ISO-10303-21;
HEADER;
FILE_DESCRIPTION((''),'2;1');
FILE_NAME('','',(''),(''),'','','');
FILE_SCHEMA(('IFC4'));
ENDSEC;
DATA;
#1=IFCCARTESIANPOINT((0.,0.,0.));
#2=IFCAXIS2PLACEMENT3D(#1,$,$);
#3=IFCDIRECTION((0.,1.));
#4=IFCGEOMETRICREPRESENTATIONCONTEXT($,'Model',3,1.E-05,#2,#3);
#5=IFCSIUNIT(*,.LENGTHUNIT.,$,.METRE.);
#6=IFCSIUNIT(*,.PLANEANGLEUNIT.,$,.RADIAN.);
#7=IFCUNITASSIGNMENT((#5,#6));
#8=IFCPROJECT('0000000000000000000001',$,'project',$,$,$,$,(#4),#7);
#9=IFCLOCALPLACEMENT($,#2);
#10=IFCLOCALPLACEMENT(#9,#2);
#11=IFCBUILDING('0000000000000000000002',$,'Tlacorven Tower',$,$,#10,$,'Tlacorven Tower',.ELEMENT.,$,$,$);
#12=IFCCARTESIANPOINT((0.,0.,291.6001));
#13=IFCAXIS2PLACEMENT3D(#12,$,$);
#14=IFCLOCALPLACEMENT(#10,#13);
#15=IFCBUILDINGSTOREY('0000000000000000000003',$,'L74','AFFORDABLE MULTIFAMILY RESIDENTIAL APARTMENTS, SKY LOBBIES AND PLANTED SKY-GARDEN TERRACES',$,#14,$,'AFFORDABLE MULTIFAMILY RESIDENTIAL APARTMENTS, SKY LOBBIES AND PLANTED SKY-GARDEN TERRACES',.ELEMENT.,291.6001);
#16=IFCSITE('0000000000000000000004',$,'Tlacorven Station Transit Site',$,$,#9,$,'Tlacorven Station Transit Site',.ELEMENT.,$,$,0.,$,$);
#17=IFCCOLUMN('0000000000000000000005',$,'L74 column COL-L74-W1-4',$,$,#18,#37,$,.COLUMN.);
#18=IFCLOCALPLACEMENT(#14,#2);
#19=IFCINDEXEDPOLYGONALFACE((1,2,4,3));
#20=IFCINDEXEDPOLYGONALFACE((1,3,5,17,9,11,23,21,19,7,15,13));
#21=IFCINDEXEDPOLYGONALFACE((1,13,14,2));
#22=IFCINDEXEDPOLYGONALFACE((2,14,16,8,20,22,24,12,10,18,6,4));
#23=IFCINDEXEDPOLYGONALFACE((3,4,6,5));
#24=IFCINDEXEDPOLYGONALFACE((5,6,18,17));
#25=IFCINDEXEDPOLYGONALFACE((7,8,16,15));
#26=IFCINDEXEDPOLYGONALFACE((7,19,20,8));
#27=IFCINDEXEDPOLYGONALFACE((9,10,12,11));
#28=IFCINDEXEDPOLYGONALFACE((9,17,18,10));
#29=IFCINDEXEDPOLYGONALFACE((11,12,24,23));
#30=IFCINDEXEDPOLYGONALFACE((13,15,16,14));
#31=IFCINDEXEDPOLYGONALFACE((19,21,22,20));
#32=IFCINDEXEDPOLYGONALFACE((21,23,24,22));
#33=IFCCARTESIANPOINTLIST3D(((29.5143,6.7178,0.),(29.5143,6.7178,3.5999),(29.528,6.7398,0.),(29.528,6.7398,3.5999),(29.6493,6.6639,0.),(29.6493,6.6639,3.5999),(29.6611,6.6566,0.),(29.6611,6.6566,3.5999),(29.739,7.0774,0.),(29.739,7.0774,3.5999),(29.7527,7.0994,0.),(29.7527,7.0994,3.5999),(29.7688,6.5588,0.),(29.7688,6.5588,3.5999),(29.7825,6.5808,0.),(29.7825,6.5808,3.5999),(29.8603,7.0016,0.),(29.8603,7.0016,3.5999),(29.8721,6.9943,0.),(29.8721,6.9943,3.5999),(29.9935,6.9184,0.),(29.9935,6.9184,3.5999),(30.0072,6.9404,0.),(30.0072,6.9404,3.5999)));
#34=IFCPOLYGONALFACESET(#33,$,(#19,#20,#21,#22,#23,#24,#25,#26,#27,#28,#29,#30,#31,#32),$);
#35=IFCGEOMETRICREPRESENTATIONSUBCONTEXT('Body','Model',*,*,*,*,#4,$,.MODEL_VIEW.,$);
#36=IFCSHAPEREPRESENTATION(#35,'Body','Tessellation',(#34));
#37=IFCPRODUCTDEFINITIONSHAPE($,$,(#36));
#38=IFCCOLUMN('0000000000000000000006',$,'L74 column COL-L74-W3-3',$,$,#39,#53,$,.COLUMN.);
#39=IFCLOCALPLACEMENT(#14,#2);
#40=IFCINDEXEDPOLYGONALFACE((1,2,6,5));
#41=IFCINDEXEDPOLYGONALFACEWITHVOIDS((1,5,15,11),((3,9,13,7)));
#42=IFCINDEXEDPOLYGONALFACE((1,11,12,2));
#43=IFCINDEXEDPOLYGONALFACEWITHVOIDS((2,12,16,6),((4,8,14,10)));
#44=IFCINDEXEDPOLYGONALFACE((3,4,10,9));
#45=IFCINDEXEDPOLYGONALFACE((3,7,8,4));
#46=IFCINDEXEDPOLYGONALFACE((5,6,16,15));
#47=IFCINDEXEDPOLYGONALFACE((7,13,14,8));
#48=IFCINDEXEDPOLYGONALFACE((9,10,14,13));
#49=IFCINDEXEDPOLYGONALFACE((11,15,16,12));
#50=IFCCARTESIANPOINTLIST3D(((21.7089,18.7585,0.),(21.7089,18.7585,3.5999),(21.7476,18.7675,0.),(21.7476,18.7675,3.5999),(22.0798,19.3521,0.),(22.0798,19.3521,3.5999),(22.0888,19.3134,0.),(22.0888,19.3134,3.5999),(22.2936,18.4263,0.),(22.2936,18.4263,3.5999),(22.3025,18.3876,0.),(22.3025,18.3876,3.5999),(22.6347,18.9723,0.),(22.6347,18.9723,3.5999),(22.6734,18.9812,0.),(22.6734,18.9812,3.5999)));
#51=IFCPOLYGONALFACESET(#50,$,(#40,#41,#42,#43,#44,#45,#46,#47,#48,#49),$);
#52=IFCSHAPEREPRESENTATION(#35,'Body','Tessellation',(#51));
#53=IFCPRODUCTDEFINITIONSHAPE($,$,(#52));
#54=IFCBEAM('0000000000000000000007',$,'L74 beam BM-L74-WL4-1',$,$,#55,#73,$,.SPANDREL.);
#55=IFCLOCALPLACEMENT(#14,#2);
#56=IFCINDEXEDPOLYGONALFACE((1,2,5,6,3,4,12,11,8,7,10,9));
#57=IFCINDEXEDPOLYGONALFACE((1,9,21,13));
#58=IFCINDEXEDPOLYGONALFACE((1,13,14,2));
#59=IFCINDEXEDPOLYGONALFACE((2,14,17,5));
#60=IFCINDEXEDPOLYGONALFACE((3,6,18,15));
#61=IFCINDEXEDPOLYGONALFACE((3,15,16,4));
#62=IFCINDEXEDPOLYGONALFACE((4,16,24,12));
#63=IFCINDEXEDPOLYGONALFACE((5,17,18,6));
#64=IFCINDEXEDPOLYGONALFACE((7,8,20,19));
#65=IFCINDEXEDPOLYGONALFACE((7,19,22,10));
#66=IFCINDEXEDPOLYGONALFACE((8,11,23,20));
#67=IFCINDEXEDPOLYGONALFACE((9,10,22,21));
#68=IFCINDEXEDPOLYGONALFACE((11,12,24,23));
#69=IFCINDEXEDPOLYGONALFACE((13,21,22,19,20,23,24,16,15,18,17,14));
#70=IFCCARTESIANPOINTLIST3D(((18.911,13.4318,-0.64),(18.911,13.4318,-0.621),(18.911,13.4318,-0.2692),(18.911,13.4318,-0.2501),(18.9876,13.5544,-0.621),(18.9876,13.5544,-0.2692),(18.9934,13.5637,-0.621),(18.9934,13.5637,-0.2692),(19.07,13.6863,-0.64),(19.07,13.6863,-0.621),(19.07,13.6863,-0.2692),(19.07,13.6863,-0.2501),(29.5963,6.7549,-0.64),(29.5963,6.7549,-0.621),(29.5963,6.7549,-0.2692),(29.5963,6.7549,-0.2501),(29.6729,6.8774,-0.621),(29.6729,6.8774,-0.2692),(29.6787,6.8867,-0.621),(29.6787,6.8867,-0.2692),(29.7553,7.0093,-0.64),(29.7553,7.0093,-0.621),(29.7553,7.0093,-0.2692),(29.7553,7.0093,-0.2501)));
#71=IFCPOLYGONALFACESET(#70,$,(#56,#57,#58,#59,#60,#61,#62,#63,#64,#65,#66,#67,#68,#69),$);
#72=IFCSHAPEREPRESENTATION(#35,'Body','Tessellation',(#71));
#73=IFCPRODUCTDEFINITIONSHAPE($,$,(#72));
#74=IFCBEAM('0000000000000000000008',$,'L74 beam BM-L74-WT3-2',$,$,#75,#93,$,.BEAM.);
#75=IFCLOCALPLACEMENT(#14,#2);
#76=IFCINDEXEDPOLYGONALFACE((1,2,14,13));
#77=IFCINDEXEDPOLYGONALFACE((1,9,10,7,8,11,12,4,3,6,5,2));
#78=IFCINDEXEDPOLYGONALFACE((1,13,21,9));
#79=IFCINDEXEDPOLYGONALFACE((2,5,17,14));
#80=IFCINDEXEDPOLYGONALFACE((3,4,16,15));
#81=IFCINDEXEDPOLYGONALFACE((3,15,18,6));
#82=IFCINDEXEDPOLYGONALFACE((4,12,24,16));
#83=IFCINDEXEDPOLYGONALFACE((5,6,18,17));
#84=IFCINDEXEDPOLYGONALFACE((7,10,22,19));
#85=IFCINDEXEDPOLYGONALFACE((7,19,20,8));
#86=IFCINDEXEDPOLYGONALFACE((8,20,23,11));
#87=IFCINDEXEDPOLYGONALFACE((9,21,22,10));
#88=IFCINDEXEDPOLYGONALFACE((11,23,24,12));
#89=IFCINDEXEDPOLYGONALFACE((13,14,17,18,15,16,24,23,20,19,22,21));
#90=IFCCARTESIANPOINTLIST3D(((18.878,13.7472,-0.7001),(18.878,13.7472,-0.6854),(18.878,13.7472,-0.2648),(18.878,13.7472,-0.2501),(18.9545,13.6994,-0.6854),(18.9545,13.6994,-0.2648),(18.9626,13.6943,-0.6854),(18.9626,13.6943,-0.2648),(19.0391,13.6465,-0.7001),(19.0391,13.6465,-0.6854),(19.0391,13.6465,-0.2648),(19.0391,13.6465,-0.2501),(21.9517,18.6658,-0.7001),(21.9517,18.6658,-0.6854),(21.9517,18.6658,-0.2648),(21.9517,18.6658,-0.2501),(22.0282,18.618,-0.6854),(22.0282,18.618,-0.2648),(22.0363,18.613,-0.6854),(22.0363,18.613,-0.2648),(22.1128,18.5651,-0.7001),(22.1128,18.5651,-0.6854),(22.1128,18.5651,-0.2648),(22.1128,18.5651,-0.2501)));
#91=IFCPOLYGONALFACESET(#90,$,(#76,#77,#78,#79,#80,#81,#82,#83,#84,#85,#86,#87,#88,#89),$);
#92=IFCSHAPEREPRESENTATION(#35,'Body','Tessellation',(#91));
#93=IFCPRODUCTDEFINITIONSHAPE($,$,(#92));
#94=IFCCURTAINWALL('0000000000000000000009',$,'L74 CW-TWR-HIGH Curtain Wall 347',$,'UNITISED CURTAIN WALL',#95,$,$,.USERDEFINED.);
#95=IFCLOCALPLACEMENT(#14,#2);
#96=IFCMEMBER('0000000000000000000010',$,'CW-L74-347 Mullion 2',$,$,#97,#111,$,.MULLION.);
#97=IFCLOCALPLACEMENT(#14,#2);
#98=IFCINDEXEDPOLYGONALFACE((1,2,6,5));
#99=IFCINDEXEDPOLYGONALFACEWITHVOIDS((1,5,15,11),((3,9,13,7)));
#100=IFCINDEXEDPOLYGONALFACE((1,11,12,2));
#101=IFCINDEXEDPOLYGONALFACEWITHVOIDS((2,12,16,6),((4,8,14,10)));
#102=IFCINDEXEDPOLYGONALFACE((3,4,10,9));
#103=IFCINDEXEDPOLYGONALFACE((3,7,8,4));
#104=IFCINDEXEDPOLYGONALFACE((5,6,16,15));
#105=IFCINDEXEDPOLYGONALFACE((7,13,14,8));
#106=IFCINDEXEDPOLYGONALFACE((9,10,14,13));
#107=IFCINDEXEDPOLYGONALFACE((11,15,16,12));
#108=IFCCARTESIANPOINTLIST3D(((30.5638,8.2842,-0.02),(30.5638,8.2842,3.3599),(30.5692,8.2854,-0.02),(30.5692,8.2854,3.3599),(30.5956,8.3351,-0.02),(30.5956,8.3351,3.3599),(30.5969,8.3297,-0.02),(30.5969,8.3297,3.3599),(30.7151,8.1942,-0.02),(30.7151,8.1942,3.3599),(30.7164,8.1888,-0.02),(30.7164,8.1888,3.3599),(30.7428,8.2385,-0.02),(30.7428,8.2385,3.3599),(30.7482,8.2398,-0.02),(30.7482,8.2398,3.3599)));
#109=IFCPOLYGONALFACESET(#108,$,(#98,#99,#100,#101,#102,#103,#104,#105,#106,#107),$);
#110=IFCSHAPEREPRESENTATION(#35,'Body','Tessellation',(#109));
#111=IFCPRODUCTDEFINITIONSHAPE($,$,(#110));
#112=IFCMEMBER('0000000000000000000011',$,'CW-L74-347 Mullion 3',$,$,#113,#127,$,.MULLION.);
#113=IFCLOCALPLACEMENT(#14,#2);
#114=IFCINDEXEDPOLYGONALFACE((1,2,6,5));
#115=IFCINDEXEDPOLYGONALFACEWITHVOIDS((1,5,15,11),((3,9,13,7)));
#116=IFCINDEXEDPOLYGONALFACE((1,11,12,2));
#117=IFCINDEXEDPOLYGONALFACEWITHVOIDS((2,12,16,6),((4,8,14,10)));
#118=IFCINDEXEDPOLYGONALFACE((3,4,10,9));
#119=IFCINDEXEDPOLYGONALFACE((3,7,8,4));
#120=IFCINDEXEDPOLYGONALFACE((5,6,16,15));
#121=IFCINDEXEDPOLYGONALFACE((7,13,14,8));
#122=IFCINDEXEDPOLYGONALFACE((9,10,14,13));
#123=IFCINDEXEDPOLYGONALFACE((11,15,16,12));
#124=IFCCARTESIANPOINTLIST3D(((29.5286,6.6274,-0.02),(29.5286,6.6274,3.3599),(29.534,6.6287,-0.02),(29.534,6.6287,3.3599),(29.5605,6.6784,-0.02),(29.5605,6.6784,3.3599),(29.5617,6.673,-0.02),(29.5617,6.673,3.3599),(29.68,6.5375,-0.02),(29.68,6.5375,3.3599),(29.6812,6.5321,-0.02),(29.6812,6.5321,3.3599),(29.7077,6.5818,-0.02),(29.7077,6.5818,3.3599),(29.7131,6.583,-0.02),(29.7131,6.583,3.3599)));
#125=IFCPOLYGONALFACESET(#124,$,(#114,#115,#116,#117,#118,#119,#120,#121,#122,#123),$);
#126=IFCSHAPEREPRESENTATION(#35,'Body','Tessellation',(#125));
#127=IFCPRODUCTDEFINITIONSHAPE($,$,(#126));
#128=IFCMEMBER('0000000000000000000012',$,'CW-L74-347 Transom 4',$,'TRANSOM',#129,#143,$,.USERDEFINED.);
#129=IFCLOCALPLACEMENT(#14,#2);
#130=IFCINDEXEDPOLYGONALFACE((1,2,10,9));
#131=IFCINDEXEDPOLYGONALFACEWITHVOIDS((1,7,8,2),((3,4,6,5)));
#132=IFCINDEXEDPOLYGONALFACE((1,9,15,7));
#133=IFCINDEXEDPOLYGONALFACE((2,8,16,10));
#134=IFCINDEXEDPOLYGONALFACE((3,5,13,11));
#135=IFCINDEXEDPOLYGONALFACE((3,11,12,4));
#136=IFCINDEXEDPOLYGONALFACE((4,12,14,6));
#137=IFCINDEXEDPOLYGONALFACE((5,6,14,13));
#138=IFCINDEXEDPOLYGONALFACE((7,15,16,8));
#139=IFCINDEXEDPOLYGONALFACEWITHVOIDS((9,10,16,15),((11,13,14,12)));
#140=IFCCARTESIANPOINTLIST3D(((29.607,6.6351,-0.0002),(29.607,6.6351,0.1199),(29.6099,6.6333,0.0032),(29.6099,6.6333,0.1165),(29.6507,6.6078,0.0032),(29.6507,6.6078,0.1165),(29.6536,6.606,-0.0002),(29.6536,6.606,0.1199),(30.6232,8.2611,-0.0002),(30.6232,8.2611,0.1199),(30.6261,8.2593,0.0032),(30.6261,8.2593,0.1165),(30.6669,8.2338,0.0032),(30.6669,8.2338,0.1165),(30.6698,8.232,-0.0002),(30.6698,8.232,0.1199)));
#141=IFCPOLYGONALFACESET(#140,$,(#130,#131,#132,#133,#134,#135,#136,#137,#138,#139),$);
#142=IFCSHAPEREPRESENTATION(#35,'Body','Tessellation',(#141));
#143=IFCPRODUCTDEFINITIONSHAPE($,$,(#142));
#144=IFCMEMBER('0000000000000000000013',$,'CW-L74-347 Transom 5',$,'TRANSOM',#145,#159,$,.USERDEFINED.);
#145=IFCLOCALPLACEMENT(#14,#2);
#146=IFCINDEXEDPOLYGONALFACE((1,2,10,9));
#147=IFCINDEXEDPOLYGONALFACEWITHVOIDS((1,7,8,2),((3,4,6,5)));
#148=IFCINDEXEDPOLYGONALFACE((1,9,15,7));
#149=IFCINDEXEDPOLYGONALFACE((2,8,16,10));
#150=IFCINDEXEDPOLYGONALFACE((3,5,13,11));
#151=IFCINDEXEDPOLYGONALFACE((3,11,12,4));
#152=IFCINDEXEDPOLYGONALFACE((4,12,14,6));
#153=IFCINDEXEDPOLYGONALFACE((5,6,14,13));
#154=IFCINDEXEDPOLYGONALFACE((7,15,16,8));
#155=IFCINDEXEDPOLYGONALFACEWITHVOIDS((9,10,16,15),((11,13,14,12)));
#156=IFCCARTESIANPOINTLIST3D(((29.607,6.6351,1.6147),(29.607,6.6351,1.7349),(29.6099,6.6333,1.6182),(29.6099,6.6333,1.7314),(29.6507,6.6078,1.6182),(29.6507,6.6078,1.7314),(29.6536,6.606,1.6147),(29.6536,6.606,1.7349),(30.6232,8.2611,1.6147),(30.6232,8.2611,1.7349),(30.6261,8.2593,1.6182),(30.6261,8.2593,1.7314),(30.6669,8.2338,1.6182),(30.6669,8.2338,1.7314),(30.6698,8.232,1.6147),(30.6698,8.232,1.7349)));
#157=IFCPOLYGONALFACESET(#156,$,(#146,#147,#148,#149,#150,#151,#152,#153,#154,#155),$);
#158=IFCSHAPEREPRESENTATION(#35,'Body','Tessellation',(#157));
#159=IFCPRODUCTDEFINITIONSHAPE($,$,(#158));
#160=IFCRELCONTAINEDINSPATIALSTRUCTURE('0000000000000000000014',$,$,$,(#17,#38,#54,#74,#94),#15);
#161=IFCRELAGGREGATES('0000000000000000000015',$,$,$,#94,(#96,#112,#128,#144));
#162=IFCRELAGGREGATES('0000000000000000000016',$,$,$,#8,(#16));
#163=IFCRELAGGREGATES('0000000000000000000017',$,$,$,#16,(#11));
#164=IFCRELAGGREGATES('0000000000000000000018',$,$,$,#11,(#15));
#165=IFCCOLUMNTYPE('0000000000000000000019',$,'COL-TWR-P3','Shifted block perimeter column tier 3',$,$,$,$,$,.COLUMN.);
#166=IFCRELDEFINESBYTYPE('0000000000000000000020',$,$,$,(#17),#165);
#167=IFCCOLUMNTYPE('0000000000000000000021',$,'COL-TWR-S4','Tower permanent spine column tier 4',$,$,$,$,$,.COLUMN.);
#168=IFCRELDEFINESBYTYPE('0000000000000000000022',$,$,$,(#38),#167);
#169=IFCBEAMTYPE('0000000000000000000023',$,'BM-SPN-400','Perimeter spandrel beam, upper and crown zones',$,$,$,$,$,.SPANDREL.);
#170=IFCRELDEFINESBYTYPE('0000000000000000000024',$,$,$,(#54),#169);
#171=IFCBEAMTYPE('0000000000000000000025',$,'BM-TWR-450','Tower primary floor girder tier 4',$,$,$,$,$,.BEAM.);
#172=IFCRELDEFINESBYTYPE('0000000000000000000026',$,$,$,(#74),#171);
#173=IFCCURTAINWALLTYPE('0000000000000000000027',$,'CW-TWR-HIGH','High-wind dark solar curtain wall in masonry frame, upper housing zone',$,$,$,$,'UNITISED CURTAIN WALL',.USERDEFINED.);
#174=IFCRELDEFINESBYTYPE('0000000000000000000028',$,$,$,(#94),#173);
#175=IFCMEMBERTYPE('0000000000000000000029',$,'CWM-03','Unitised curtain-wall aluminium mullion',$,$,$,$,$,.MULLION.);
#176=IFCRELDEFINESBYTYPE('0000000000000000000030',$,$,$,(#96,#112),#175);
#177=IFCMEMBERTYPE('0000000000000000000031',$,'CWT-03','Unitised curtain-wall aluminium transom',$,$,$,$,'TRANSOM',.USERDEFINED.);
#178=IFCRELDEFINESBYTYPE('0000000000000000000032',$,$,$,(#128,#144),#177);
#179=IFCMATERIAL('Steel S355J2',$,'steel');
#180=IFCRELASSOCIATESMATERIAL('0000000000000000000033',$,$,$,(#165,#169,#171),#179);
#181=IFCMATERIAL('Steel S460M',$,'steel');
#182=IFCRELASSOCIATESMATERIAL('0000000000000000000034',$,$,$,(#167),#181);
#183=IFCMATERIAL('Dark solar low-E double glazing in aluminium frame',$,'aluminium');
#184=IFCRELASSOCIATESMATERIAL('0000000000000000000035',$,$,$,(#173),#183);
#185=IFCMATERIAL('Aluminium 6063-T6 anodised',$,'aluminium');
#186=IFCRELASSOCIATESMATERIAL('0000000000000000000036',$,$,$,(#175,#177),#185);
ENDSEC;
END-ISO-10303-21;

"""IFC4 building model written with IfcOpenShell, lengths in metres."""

from ifc_helpers import new_model, si_unit, direction, frame, origin, origin_2d, place, context, subcontext, project, spatial, hollow_rectangle, i_section, extrude, source, transform, mapped, material, material_profile, profile_set, type_object, element, aggregate, save


model = new_model("IFC4")

# Units and contexts
model_context = context("Model", 3, precision=1e-05, world=origin(), true_north=direction((0.0, 1.0)))
body_context = subcontext(model_context, "Body", "Model", "MODEL_VIEW")
ifc_project = project(units=[si_unit("LENGTHUNIT", "METRE"), si_unit("PLANEANGLEUNIT", "RADIAN")], contexts=[model_context])

# Site, building, storey
site_placement = place(None, origin())
site = spatial("IfcSite", under=ifc_project, at=site_placement, Name="Tlacorven Station Transit Site", LongName="Tlacorven Station Transit Site", CompositionType="ELEMENT", RefElevation=0.0)
building_placement = place(site_placement, origin())
building = spatial("IfcBuilding", under=site, at=building_placement, Name="Tlacorven Tower", LongName="Tlacorven Tower", CompositionType="ELEMENT")
storey_placement = place(building_placement, frame((0.0, 0.0, 291.6001)))
storey = spatial("IfcBuildingStorey", under=building, at=storey_placement, Name="L74", Description="AFFORDABLE MULTIFAMILY RESIDENTIAL APARTMENTS, SKY LOBBIES AND PLANTED SKY-GARDEN TERRACES", LongName="AFFORDABLE MULTIFAMILY RESIDENTIAL APARTMENTS, SKY LOBBIES AND PLANTED SKY-GARDEN TERRACES", CompositionType="ELEMENT", Elevation=291.6001)

# Columns
ifc_material_1 = material(Name="Steel S355J2", Category="steel")
ifc_material_profile_1 = material_profile(ifc_material_1, i_section(OverallWidth=0.3, OverallDepth=0.45, WebThickness=0.0139, FlangeThickness=0.0259, at=origin_2d()), Name="HEB 450")
ifc_profile_set_1 = profile_set([ifc_material_profile_1], Name="Steel S355J2")
column_type_1 = type_object("IfcColumnType", Name="COL-TWR-P3", Description="Shifted block perimeter column tier 3", PredefinedType="COLUMN", material=ifc_profile_set_1)
shared_shape_1 = source(origin(), body_context, "Body", "SweptSolid", [
    extrude(i_section(OverallWidth=0.3, OverallDepth=0.45, WebThickness=0.0139, FlangeThickness=0.0259, at=origin_2d()), origin(), (0.0, 0.0, 1.0), 3.5999),
])
column_1_placement = place(storey_placement, frame((29.7607, 6.8291, 0.0), z_axis=(0.0, 0.0, 1.0), x_axis=(-0.848048, 0.529919, 0.0)))
element("IfcColumn", 1, at=column_1_placement, inside=storey, type_object=column_type_1, Name="L74 column COL-L74-W1-4", PredefinedType="COLUMN", context=body_context, shape_type="MappedRepresentation", body=[
    mapped(shared_shape_1, transform((0.0, 0.0, 0.0), scale=1.0)),
])
ifc_material_2 = material(Name="Steel S460M", Category="steel")
ifc_material_profile_2 = material_profile(ifc_material_2, hollow_rectangle(XDim=0.7, YDim=0.7, WallThickness=0.0281, at=origin_2d()), Name="BOX 700X700X28")
ifc_profile_set_2 = profile_set([ifc_material_profile_2], Name="Steel S460M")
column_type_2 = type_object("IfcColumnType", Name="COL-TWR-S4", Description="Tower permanent spine column tier 4", PredefinedType="COLUMN", material=ifc_profile_set_2)
shared_shape_2 = source(origin(), body_context, "Body", "SweptSolid", [
    extrude(hollow_rectangle(XDim=0.7, YDim=0.7, WallThickness=0.0281, at=origin_2d()), origin(), (0.0, 0.0, 1.0), 3.5999),
])
column_2_placement = place(storey_placement, frame((22.1912, 18.8699, 0.0), z_axis=(0.0, 0.0, 1.0), x_axis=(-0.848048, 0.529919, 0.0)))
element("IfcColumn", 2, at=column_2_placement, inside=storey, type_object=column_type_2, Name="L74 column COL-L74-W3-3", PredefinedType="COLUMN", context=body_context, shape_type="MappedRepresentation", body=[
    mapped(shared_shape_2, transform((0.0, 0.0, 0.0), scale=1.0)),
])

# Beams
ifc_material_profile_3 = material_profile(ifc_material_1, i_section(OverallWidth=0.3, OverallDepth=0.3899, WebThickness=0.011, FlangeThickness=0.019, at=origin_2d()), Name="HEA 400")
ifc_profile_set_3 = profile_set([ifc_material_profile_3], Name="Steel S355J2")
beam_type_1 = type_object("IfcBeamType", Name="BM-SPN-400", Description="Perimeter spandrel beam, upper and crown zones", PredefinedType="SPANDREL", material=ifc_profile_set_3)
shared_shape_3 = source(origin(), body_context, "Body", "SweptSolid", [
    extrude(i_section(OverallWidth=0.3, OverallDepth=0.3899, WebThickness=0.011, FlangeThickness=0.019, at=origin_2d()), origin(), (0.0, 0.0, 1.0), 12.5999),
])
beam_1_placement = place(storey_placement, frame((29.6758, 6.8821, -0.4451), z_axis=(-0.848045, 0.529924, 0.0), x_axis=(-0.529924, -0.848045, 0.0)))
element("IfcBeam", 3, at=beam_1_placement, inside=storey, type_object=beam_type_1, Name="L74 beam BM-L74-WL4-1", PredefinedType="SPANDREL", context=body_context, shape_type="MappedRepresentation", body=[
    mapped(shared_shape_3, transform((0.0, 0.0, 0.0), scale=1.0)),
])
ifc_material_profile_4 = material_profile(ifc_material_1, i_section(OverallWidth=0.1899, OverallDepth=0.45, WebThickness=0.0095, FlangeThickness=0.0146, at=origin_2d()), Name="IPE 450")
ifc_profile_set_4 = profile_set([ifc_material_profile_4], Name="Steel S355J2")
beam_type_2 = type_object("IfcBeamType", Name="BM-TWR-450", Description="Tower primary floor girder tier 4", PredefinedType="BEAM", material=ifc_profile_set_4)
shared_shape_4 = source(origin(), body_context, "Body", "SweptSolid", [
    extrude(i_section(OverallWidth=0.1899, OverallDepth=0.45, WebThickness=0.0095, FlangeThickness=0.0146, at=origin_2d()), origin(), (0.0, 0.0, 1.0), 5.8),
])
beam_2_placement = place(storey_placement, frame((22.0322, 18.6155, -0.4751), z_axis=(-0.529942, -0.848034, 0.0), x_axis=(0.848034, -0.529942, 0.0)))
element("IfcBeam", 4, at=beam_2_placement, inside=storey, type_object=beam_type_2, Name="L74 beam BM-L74-WT3-2", PredefinedType="BEAM", context=body_context, shape_type="MappedRepresentation", body=[
    mapped(shared_shape_4, transform((0.0, 0.0, 0.0), scale=1.0)),
])

# Curtain wall, members
ifc_material_3 = material(Name="Dark solar low-E double glazing in aluminium frame", Category="aluminium")
curtain_wall_type = type_object("IfcCurtainWallType", Name="CW-TWR-HIGH", Description="High-wind dark solar curtain wall in masonry frame, upper housing zone", ElementType="UNITISED CURTAIN WALL", PredefinedType="USERDEFINED", material=ifc_material_3)
curtain_wall_placement = place(storey_placement, origin())
curtain_wall = element("IfcCurtainWall", 5, at=curtain_wall_placement, inside=storey, type_object=curtain_wall_type, Name="L74 CW-TWR-HIGH Curtain Wall 347", ObjectType="UNITISED CURTAIN WALL", PredefinedType="USERDEFINED")
ifc_material_4 = material(Name="Aluminium 6063-T6 anodised", Category="aluminium")
ifc_material_profile_5 = material_profile(ifc_material_4, hollow_rectangle(XDim=0.0601, YDim=0.1799, WallThickness=0.0039, at=origin_2d()), Name="ALU MULLION 60X180")
ifc_profile_set_5 = profile_set([ifc_material_profile_5], Name="Aluminium 6063-T6 anodised")
member_type_1 = type_object("IfcMemberType", Name="CWM-03", Description="Unitised curtain-wall aluminium mullion", PredefinedType="MULLION", material=ifc_profile_set_5)
shared_shape_5 = source(origin(), body_context, "Body", "SweptSolid", [
    extrude(hollow_rectangle(XDim=0.0601, YDim=0.1799, WallThickness=0.0039, at=origin_2d()), origin(), (0.0, 0.0, 1.0), 3.3799),
])
member_1_placement = place(storey_placement, frame((30.656, 8.262, -0.02), z_axis=(0.0, 0.0, 1.0), x_axis=(-0.529919, -0.848048, 0.0)))
member_1 = element("IfcMember", 6, at=member_1_placement, type_object=member_type_1, Name="CW-L74-347 Mullion 2", PredefinedType="MULLION", context=body_context, shape_type="MappedRepresentation", body=[
    mapped(shared_shape_5, transform((0.0, 0.0, 0.0), scale=1.0)),
])
member_2_placement = place(storey_placement, frame((29.6208, 6.6052, -0.02), z_axis=(0.0, 0.0, 1.0), x_axis=(-0.529919, -0.848048, 0.0)))
member_2 = element("IfcMember", 7, at=member_2_placement, type_object=member_type_1, Name="CW-L74-347 Mullion 3", PredefinedType="MULLION", context=body_context, shape_type="MappedRepresentation", body=[
    mapped(shared_shape_5, transform((0.0, 0.0, 0.0), scale=1.0)),
])
ifc_material_profile_6 = material_profile(ifc_material_4, hollow_rectangle(XDim=0.0549, YDim=0.1201, WallThickness=0.0034, at=origin_2d()), Name="ALU TRANSOM 55X120")
ifc_profile_set_6 = profile_set([ifc_material_profile_6], Name="Aluminium 6063-T6 anodised")
member_type_2 = type_object("IfcMemberType", Name="CWT-03", Description="Unitised curtain-wall aluminium transom", ElementType="TRANSOM", PredefinedType="USERDEFINED", material=ifc_profile_set_6)
shared_shape_6 = source(origin(), body_context, "Body", "SweptSolid", [
    extrude(hollow_rectangle(XDim=0.0549, YDim=0.1201, WallThickness=0.0034, at=origin_2d()), origin(), (0.0, 0.0, 1.0), 1.9175),
])
member_3_placement = place(storey_placement, frame((30.6465, 8.2466, 0.0598), z_axis=(-0.529953, -0.848027, 0.0), x_axis=(0.848027, -0.529953, 0.0)))
member_3 = element("IfcMember", 8, at=member_3_placement, type_object=member_type_2, Name="CW-L74-347 Transom 4", ObjectType="TRANSOM", PredefinedType="USERDEFINED", context=body_context, shape_type="MappedRepresentation", body=[
    mapped(shared_shape_6, transform((0.0, 0.0, 0.0), scale=1.0)),
])
member_4_placement = place(storey_placement, frame((30.6465, 8.2466, 1.6748), z_axis=(-0.529953, -0.848027, 0.0), x_axis=(0.848027, -0.529953, 0.0)))
member_4 = element("IfcMember", 9, at=member_4_placement, type_object=member_type_2, Name="CW-L74-347 Transom 5", ObjectType="TRANSOM", PredefinedType="USERDEFINED", context=body_context, shape_type="MappedRepresentation", body=[
    mapped(shared_shape_6, transform((0.0, 0.0, 0.0), scale=1.0)),
])
aggregate(curtain_wall, [member_1, member_2, member_3, member_4])

save(model, "model.ifc")
